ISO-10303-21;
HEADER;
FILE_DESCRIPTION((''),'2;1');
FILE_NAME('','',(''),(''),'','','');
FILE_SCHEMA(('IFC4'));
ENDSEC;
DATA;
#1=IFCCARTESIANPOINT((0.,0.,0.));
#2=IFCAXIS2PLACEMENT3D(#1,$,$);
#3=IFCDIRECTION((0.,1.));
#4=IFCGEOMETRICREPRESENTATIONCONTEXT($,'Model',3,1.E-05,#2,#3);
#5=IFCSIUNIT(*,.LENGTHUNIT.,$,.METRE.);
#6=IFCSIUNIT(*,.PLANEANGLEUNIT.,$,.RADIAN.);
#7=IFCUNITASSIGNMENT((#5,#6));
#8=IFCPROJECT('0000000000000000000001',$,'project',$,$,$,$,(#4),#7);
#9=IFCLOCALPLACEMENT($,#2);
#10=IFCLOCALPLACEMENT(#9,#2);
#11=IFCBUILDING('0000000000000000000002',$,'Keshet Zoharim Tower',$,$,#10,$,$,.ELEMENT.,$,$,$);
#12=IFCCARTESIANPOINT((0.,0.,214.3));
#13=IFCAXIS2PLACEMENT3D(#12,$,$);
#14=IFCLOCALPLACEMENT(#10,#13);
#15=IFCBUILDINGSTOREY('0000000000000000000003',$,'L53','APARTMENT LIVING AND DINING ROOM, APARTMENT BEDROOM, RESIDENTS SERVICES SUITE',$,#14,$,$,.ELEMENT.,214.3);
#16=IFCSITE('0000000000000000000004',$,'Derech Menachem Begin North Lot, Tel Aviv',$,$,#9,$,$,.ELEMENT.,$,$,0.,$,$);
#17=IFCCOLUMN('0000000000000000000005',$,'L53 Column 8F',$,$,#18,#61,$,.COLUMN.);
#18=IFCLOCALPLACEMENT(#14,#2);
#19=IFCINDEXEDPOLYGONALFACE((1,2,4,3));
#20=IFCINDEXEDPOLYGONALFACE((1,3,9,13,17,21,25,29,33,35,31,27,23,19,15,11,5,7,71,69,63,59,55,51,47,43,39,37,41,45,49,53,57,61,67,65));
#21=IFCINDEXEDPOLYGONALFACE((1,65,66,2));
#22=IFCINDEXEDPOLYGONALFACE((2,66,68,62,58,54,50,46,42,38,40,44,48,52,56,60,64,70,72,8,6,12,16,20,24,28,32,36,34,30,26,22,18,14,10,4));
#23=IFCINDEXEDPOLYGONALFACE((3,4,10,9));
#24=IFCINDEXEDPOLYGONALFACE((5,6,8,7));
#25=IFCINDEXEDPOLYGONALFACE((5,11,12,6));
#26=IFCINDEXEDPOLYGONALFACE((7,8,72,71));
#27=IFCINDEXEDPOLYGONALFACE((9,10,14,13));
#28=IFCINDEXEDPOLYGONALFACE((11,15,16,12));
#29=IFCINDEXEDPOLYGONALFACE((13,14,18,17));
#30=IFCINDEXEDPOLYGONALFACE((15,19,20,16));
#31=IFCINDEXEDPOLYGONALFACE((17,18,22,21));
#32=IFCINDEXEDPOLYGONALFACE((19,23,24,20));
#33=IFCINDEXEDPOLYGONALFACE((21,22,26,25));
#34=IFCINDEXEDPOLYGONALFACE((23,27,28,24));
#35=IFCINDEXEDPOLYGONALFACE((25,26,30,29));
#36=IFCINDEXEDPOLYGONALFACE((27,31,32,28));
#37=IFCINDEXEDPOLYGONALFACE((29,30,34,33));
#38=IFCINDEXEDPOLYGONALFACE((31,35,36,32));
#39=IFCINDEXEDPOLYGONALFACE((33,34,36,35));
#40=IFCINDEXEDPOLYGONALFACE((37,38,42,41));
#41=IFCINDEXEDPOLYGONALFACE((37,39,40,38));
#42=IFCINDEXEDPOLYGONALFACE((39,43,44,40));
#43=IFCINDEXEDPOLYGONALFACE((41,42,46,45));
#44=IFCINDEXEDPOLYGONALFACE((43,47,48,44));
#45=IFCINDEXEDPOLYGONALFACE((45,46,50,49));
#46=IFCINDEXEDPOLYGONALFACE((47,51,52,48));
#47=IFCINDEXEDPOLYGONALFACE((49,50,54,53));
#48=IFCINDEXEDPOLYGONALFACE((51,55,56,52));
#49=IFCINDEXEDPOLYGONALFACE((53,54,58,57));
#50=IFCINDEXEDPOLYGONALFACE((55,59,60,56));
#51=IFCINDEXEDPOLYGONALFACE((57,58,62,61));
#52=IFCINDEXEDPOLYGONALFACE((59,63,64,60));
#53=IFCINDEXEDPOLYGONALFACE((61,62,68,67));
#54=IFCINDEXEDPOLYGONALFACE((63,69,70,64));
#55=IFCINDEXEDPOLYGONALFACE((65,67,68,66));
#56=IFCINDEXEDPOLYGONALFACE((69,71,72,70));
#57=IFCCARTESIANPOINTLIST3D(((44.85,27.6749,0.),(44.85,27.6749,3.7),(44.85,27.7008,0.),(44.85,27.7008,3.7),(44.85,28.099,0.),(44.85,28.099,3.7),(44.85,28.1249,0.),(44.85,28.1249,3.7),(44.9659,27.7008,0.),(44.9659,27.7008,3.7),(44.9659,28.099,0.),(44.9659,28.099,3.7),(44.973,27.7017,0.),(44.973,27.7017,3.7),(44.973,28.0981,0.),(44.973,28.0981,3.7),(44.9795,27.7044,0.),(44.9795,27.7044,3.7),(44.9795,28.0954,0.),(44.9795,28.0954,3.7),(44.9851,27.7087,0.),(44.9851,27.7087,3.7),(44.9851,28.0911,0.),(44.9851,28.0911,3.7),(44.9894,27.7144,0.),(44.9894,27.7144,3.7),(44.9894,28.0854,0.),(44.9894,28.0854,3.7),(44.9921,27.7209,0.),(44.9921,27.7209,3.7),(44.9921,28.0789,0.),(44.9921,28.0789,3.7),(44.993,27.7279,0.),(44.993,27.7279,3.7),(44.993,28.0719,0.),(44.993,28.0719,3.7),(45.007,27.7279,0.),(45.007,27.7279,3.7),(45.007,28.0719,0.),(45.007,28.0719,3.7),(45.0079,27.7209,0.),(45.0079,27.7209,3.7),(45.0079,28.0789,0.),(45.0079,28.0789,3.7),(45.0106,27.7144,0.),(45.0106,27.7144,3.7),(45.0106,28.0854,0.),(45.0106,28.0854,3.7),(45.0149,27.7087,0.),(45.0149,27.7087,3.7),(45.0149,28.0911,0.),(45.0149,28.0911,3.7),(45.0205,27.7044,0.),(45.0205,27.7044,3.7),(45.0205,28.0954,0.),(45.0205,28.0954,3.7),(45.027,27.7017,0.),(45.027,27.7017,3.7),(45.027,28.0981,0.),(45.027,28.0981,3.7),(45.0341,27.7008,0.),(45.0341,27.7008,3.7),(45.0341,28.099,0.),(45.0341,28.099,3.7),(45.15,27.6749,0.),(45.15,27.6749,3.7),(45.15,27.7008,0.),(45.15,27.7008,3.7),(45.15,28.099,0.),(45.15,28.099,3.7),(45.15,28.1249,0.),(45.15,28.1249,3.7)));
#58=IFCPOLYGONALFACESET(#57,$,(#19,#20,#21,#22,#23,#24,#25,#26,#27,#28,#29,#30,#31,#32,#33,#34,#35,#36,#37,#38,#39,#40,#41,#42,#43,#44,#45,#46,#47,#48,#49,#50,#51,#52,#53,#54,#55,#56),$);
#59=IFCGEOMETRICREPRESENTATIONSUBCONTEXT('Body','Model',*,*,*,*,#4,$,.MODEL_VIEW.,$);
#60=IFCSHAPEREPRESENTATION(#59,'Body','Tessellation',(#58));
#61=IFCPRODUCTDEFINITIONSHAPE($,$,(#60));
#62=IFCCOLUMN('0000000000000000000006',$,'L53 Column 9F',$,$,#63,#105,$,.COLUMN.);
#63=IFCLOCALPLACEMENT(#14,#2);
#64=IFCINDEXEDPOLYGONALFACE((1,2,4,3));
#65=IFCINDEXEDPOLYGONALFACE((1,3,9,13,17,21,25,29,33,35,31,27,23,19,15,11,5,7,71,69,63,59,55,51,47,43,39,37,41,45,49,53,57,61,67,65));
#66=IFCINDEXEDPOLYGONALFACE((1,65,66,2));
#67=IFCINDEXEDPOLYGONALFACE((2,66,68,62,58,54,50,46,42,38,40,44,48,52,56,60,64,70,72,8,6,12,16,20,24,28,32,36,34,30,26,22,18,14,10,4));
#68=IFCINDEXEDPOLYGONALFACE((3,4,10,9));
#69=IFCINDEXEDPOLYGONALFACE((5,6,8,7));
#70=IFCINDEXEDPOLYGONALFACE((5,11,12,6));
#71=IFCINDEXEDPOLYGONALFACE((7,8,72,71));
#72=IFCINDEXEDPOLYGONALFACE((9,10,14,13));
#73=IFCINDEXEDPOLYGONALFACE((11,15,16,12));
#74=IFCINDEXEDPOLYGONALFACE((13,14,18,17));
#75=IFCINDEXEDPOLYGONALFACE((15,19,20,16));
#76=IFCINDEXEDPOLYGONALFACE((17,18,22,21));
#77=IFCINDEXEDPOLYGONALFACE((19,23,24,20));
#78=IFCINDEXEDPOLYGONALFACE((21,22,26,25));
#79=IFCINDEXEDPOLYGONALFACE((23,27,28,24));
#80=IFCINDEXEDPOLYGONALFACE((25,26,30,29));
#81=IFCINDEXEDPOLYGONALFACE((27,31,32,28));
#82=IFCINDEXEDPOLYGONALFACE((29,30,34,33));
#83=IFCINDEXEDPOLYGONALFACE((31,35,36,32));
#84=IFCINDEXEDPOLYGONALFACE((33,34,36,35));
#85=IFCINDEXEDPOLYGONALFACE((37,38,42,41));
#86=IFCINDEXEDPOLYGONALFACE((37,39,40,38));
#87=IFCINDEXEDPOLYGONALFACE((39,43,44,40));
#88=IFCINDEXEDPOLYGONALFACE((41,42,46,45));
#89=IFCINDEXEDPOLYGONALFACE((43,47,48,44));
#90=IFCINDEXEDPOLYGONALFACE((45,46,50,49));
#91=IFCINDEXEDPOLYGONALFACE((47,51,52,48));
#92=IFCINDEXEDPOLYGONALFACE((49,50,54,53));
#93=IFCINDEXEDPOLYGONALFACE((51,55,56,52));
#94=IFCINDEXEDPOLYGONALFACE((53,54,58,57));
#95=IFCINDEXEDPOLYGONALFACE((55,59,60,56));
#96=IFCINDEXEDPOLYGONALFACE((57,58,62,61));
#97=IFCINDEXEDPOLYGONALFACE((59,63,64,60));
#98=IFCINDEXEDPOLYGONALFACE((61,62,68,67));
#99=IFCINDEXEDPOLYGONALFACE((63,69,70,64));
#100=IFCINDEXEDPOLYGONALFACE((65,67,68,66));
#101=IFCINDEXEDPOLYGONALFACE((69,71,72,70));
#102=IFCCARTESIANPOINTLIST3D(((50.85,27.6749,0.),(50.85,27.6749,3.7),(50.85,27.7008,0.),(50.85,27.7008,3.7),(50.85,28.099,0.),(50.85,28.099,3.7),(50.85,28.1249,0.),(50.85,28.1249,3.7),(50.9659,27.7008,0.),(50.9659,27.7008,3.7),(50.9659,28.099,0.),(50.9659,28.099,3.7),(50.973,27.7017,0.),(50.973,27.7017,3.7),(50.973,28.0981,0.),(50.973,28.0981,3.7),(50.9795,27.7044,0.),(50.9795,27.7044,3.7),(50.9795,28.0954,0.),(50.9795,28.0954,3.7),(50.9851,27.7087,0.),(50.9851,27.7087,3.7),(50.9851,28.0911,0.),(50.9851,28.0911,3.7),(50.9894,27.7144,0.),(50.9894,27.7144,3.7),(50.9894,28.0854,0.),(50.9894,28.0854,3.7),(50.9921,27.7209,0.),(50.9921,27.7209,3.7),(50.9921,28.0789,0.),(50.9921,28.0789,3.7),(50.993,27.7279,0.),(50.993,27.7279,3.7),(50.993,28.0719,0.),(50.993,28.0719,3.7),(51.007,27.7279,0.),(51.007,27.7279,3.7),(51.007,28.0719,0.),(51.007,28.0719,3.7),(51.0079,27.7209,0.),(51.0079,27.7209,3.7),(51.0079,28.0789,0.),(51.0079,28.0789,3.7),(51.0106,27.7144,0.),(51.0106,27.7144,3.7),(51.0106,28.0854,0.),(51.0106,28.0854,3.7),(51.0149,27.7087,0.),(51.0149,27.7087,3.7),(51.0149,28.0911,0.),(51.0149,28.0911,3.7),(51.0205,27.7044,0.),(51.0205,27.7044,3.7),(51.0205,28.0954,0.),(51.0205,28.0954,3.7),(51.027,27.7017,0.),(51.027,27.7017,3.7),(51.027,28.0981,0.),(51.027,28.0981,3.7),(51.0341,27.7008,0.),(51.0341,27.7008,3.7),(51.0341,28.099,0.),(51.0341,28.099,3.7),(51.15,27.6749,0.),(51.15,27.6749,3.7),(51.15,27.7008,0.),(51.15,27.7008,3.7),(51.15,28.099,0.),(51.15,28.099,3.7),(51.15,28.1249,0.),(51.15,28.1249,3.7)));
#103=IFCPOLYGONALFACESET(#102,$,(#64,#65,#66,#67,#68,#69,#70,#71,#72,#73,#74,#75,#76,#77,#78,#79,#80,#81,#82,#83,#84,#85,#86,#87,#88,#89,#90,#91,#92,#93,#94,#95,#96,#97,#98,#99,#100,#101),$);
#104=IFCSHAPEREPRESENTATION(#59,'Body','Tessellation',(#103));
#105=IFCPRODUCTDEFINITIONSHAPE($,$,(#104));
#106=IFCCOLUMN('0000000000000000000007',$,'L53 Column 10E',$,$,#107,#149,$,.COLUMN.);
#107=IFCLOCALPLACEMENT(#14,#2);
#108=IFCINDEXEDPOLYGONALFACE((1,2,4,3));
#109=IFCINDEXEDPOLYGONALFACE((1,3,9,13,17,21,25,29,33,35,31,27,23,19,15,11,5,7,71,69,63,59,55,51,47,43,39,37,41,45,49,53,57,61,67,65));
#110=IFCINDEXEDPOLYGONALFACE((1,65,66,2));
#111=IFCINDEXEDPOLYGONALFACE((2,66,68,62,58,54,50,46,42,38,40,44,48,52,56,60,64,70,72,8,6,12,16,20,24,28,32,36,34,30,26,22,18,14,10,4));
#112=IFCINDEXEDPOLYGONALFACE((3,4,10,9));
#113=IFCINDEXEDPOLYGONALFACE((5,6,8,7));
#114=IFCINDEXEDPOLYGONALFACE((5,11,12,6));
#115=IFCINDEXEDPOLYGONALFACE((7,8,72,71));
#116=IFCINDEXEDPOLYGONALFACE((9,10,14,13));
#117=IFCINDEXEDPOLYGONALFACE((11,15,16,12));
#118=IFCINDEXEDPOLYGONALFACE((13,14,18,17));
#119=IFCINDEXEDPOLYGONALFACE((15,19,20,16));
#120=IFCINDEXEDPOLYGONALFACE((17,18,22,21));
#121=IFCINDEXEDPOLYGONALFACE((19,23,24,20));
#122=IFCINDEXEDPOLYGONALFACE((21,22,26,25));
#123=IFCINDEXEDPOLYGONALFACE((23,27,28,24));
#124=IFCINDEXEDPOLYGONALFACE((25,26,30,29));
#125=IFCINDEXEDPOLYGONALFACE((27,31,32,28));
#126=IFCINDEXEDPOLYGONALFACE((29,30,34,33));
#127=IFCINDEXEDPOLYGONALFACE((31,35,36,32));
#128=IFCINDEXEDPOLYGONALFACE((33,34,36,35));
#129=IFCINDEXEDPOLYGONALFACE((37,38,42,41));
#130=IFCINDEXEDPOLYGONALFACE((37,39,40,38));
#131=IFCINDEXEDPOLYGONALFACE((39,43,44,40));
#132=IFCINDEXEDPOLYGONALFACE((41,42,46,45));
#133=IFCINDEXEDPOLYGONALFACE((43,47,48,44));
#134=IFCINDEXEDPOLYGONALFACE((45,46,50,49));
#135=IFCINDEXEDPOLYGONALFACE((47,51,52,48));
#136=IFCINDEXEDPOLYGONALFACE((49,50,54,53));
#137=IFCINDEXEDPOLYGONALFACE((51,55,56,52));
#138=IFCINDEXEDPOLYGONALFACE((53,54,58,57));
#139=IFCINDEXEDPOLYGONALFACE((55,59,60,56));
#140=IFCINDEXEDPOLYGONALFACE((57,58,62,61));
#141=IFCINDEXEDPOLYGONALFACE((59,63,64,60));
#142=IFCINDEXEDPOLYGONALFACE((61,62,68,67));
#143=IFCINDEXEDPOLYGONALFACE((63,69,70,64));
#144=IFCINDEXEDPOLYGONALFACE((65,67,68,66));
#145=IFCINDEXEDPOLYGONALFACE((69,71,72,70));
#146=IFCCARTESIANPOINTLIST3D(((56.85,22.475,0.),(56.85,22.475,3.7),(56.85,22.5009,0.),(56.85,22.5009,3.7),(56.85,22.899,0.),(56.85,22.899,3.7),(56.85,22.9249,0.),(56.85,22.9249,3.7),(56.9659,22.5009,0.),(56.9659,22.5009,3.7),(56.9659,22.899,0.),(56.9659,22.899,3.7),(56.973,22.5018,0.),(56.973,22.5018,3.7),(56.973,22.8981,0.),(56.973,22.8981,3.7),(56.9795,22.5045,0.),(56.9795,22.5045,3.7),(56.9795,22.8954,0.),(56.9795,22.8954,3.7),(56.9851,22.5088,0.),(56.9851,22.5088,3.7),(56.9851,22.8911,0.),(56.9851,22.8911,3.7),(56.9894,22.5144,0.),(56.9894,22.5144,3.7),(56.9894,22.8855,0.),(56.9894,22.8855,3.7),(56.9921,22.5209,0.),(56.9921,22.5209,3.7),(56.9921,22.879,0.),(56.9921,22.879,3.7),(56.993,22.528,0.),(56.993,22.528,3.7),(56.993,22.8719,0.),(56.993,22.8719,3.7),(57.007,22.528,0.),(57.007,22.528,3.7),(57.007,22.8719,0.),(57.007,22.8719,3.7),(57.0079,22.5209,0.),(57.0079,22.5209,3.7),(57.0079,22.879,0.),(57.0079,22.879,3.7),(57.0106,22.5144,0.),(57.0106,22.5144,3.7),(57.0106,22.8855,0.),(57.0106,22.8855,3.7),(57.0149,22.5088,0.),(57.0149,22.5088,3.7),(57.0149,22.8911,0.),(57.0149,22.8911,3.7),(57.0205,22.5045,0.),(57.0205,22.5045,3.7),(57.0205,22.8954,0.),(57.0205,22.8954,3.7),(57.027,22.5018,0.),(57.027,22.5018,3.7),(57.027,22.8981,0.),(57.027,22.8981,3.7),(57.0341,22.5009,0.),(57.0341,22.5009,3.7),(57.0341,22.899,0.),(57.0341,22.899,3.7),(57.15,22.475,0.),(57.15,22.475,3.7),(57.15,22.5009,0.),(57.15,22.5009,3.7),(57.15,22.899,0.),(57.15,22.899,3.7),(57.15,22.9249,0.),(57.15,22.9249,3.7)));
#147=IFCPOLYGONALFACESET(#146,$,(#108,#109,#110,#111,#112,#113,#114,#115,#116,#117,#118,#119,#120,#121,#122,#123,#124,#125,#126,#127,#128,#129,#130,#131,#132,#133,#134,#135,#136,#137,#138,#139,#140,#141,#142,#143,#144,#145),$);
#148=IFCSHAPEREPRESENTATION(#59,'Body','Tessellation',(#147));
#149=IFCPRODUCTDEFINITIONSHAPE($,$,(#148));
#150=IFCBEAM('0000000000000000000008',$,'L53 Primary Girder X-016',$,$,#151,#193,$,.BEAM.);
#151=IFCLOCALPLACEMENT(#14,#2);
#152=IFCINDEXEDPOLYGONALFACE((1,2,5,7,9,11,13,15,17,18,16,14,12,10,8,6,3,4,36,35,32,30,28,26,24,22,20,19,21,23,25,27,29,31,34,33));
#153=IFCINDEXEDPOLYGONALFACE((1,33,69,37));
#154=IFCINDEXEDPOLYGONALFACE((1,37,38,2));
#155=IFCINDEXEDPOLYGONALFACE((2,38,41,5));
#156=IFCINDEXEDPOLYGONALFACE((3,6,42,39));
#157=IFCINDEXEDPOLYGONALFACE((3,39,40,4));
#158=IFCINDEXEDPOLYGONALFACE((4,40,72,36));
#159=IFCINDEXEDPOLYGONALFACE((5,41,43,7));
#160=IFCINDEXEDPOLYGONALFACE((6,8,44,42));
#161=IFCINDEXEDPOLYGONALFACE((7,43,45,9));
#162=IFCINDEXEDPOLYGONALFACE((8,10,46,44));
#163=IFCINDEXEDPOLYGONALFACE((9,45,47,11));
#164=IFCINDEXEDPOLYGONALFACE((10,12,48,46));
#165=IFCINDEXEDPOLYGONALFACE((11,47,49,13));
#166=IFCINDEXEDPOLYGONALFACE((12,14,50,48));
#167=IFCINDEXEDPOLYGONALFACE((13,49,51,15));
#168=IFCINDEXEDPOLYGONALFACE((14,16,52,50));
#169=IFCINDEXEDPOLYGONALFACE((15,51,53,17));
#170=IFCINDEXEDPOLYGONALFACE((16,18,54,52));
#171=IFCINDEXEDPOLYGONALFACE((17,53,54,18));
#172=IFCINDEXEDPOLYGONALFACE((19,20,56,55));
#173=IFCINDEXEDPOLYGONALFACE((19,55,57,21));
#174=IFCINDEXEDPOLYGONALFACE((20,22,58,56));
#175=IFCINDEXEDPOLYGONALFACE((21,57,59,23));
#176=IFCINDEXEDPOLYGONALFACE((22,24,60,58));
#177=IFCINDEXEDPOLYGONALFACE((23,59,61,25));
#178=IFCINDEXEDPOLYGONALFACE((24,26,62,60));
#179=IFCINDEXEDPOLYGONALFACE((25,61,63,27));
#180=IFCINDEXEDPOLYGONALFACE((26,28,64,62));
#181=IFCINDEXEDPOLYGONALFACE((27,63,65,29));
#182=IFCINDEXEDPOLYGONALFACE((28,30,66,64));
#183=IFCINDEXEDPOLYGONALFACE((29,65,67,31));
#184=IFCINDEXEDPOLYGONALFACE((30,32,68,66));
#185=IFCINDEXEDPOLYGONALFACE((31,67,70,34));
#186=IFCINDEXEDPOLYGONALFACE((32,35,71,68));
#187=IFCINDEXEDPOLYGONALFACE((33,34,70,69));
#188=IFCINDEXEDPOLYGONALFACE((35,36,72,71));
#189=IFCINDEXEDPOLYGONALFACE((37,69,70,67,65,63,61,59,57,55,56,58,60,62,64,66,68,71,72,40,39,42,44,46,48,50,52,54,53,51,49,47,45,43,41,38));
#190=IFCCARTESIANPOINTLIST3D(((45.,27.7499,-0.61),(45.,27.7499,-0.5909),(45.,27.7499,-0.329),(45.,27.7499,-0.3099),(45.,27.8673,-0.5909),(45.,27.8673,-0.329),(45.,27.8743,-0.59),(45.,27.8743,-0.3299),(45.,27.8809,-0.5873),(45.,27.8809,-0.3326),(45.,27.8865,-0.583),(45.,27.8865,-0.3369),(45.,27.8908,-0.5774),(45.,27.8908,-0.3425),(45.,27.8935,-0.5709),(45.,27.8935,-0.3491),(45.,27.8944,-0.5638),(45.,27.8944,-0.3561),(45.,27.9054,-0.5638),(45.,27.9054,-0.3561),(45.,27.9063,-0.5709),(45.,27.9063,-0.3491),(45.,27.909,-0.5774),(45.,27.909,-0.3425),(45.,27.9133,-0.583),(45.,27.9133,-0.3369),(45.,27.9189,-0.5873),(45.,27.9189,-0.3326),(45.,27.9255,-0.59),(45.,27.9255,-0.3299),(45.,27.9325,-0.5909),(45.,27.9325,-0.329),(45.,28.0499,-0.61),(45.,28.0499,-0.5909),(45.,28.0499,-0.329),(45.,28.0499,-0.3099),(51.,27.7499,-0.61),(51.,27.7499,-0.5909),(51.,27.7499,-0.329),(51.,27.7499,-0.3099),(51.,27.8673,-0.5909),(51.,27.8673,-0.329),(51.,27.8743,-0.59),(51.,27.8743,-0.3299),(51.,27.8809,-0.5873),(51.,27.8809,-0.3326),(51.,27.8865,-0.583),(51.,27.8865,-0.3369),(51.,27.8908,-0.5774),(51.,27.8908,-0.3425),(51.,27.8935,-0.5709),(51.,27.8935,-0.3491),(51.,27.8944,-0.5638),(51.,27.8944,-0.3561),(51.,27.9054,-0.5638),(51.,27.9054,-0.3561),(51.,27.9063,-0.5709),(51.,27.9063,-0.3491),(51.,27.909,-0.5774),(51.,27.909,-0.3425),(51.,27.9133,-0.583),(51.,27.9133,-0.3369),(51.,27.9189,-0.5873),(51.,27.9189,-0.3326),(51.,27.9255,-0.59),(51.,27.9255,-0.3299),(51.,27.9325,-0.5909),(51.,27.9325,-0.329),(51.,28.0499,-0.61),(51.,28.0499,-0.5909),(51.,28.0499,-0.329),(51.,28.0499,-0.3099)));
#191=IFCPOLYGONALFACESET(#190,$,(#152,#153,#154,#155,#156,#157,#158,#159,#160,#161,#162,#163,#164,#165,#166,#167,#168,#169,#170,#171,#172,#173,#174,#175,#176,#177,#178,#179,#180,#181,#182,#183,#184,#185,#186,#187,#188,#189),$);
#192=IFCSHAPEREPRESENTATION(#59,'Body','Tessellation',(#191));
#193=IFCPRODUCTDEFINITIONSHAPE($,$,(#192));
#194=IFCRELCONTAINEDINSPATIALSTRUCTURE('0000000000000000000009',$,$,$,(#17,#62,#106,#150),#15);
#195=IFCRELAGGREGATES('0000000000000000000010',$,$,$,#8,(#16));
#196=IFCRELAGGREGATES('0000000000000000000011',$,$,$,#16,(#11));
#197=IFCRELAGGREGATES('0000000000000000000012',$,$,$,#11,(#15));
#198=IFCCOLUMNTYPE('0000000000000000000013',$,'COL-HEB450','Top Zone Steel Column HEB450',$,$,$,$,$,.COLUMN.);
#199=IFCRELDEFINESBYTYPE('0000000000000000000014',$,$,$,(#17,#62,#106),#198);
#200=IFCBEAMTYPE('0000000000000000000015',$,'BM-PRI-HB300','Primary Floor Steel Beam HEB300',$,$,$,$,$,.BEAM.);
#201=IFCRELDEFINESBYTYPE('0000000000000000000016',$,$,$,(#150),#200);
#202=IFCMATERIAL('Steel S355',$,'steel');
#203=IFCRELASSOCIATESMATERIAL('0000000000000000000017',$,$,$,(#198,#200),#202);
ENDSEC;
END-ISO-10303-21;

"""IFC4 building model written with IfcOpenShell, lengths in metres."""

from ifc_helpers import new_model, si_unit, direction, frame, origin, origin_2d, place, context, subcontext, project, spatial, i_section, extrude, material, material_profile, profile_set, type_object, element, save


model = new_model("IFC4")

# Units and contexts
model_context = context("Model", 3, precision=1e-05, world=origin(), true_north=direction((0.0, 1.0)))
body_context = subcontext(model_context, "Body", "Model", "MODEL_VIEW")
ifc_project = project(units=[si_unit("LENGTHUNIT", "METRE"), si_unit("PLANEANGLEUNIT", "RADIAN")], contexts=[model_context])

# Site, building, storey
site_placement = place(None, origin())
site = spatial("IfcSite", under=ifc_project, at=site_placement, Name="Derech Menachem Begin North Lot, Tel Aviv", CompositionType="ELEMENT", RefElevation=0.0)
building_placement = place(site_placement, origin())
building = spatial("IfcBuilding", under=site, at=building_placement, Name="Keshet Zoharim Tower", CompositionType="ELEMENT")
storey_placement = place(building_placement, frame((0.0, 0.0, 214.3)))
storey = spatial("IfcBuildingStorey", under=building, at=storey_placement, Name="L53", Description="APARTMENT LIVING AND DINING ROOM, APARTMENT BEDROOM, RESIDENTS SERVICES SUITE", CompositionType="ELEMENT", Elevation=214.3)

# Columns
ifc_material_1 = material(Name="Steel S355", Category="steel")
ifc_material_profile_1 = material_profile(ifc_material_1, i_section(OverallWidth=0.3, OverallDepth=0.45, WebThickness=0.0139, FlangeThickness=0.0259, FilletRadius=0.0271, at=origin_2d()), Name="HEB450")
ifc_profile_set_1 = profile_set([ifc_material_profile_1], Name="Steel S355")
column_type = type_object("IfcColumnType", Name="COL-HEB450", Description="Top Zone Steel Column HEB450", PredefinedType="COLUMN", material=ifc_profile_set_1)
for number, where, z_axis, x_axis, name in (
    (1, (45.0, 27.8999, 0.0), (0.0, 0.0, 1.0), (1.0, 0.0, 0.0), "L53 Column 8F"),
    (2, (51.0, 27.8999, 0.0), (0.0, 0.0, 1.0), (1.0, 0.0, 0.0), "L53 Column 9F"),
    (3, (57.0, 22.7, 0.0), (0.0, 0.0, 1.0), (1.0, 0.0, 0.0), "L53 Column 10E"),
):
    element("IfcColumn", number, at=place(storey_placement, frame(where, z_axis=z_axis, x_axis=x_axis)), inside=storey, type_object=column_type, Name=name, PredefinedType="COLUMN", context=body_context, shape_type="SweptSolid", body=[
        extrude(i_section(OverallWidth=0.3, OverallDepth=0.45, WebThickness=0.0139, FlangeThickness=0.0259, FilletRadius=0.0271, at=origin_2d()), origin(), (0.0, 0.0, 1.0), 3.7),
    ])

# Beam
ifc_material_profile_2 = material_profile(ifc_material_1, i_section(OverallWidth=0.3, OverallDepth=0.3, WebThickness=0.011, FlangeThickness=0.019, FilletRadius=0.0271, at=origin_2d()), Name="HEB300")
ifc_profile_set_2 = profile_set([ifc_material_profile_2], Name="Steel S355")
beam_type = type_object("IfcBeamType", Name="BM-PRI-HB300", Description="Primary Floor Steel Beam HEB300", PredefinedType="BEAM", material=ifc_profile_set_2)
beam_placement = place(storey_placement, frame((45.0, 27.8999, -0.46), z_axis=(1.0, 0.0, 0.0), x_axis=(0.0, 1.0, 0.0)))
element("IfcBeam", 4, at=beam_placement, inside=storey, type_object=beam_type, Name="L53 Primary Girder X-016", PredefinedType="BEAM", context=body_context, shape_type="SweptSolid", body=[
    extrude(i_section(OverallWidth=0.3, OverallDepth=0.3, WebThickness=0.011, FlangeThickness=0.019, FilletRadius=0.0271, at=origin_2d()), origin(), (0.0, 0.0, 1.0), 6.0),
])

save(model, "model.ifc")
